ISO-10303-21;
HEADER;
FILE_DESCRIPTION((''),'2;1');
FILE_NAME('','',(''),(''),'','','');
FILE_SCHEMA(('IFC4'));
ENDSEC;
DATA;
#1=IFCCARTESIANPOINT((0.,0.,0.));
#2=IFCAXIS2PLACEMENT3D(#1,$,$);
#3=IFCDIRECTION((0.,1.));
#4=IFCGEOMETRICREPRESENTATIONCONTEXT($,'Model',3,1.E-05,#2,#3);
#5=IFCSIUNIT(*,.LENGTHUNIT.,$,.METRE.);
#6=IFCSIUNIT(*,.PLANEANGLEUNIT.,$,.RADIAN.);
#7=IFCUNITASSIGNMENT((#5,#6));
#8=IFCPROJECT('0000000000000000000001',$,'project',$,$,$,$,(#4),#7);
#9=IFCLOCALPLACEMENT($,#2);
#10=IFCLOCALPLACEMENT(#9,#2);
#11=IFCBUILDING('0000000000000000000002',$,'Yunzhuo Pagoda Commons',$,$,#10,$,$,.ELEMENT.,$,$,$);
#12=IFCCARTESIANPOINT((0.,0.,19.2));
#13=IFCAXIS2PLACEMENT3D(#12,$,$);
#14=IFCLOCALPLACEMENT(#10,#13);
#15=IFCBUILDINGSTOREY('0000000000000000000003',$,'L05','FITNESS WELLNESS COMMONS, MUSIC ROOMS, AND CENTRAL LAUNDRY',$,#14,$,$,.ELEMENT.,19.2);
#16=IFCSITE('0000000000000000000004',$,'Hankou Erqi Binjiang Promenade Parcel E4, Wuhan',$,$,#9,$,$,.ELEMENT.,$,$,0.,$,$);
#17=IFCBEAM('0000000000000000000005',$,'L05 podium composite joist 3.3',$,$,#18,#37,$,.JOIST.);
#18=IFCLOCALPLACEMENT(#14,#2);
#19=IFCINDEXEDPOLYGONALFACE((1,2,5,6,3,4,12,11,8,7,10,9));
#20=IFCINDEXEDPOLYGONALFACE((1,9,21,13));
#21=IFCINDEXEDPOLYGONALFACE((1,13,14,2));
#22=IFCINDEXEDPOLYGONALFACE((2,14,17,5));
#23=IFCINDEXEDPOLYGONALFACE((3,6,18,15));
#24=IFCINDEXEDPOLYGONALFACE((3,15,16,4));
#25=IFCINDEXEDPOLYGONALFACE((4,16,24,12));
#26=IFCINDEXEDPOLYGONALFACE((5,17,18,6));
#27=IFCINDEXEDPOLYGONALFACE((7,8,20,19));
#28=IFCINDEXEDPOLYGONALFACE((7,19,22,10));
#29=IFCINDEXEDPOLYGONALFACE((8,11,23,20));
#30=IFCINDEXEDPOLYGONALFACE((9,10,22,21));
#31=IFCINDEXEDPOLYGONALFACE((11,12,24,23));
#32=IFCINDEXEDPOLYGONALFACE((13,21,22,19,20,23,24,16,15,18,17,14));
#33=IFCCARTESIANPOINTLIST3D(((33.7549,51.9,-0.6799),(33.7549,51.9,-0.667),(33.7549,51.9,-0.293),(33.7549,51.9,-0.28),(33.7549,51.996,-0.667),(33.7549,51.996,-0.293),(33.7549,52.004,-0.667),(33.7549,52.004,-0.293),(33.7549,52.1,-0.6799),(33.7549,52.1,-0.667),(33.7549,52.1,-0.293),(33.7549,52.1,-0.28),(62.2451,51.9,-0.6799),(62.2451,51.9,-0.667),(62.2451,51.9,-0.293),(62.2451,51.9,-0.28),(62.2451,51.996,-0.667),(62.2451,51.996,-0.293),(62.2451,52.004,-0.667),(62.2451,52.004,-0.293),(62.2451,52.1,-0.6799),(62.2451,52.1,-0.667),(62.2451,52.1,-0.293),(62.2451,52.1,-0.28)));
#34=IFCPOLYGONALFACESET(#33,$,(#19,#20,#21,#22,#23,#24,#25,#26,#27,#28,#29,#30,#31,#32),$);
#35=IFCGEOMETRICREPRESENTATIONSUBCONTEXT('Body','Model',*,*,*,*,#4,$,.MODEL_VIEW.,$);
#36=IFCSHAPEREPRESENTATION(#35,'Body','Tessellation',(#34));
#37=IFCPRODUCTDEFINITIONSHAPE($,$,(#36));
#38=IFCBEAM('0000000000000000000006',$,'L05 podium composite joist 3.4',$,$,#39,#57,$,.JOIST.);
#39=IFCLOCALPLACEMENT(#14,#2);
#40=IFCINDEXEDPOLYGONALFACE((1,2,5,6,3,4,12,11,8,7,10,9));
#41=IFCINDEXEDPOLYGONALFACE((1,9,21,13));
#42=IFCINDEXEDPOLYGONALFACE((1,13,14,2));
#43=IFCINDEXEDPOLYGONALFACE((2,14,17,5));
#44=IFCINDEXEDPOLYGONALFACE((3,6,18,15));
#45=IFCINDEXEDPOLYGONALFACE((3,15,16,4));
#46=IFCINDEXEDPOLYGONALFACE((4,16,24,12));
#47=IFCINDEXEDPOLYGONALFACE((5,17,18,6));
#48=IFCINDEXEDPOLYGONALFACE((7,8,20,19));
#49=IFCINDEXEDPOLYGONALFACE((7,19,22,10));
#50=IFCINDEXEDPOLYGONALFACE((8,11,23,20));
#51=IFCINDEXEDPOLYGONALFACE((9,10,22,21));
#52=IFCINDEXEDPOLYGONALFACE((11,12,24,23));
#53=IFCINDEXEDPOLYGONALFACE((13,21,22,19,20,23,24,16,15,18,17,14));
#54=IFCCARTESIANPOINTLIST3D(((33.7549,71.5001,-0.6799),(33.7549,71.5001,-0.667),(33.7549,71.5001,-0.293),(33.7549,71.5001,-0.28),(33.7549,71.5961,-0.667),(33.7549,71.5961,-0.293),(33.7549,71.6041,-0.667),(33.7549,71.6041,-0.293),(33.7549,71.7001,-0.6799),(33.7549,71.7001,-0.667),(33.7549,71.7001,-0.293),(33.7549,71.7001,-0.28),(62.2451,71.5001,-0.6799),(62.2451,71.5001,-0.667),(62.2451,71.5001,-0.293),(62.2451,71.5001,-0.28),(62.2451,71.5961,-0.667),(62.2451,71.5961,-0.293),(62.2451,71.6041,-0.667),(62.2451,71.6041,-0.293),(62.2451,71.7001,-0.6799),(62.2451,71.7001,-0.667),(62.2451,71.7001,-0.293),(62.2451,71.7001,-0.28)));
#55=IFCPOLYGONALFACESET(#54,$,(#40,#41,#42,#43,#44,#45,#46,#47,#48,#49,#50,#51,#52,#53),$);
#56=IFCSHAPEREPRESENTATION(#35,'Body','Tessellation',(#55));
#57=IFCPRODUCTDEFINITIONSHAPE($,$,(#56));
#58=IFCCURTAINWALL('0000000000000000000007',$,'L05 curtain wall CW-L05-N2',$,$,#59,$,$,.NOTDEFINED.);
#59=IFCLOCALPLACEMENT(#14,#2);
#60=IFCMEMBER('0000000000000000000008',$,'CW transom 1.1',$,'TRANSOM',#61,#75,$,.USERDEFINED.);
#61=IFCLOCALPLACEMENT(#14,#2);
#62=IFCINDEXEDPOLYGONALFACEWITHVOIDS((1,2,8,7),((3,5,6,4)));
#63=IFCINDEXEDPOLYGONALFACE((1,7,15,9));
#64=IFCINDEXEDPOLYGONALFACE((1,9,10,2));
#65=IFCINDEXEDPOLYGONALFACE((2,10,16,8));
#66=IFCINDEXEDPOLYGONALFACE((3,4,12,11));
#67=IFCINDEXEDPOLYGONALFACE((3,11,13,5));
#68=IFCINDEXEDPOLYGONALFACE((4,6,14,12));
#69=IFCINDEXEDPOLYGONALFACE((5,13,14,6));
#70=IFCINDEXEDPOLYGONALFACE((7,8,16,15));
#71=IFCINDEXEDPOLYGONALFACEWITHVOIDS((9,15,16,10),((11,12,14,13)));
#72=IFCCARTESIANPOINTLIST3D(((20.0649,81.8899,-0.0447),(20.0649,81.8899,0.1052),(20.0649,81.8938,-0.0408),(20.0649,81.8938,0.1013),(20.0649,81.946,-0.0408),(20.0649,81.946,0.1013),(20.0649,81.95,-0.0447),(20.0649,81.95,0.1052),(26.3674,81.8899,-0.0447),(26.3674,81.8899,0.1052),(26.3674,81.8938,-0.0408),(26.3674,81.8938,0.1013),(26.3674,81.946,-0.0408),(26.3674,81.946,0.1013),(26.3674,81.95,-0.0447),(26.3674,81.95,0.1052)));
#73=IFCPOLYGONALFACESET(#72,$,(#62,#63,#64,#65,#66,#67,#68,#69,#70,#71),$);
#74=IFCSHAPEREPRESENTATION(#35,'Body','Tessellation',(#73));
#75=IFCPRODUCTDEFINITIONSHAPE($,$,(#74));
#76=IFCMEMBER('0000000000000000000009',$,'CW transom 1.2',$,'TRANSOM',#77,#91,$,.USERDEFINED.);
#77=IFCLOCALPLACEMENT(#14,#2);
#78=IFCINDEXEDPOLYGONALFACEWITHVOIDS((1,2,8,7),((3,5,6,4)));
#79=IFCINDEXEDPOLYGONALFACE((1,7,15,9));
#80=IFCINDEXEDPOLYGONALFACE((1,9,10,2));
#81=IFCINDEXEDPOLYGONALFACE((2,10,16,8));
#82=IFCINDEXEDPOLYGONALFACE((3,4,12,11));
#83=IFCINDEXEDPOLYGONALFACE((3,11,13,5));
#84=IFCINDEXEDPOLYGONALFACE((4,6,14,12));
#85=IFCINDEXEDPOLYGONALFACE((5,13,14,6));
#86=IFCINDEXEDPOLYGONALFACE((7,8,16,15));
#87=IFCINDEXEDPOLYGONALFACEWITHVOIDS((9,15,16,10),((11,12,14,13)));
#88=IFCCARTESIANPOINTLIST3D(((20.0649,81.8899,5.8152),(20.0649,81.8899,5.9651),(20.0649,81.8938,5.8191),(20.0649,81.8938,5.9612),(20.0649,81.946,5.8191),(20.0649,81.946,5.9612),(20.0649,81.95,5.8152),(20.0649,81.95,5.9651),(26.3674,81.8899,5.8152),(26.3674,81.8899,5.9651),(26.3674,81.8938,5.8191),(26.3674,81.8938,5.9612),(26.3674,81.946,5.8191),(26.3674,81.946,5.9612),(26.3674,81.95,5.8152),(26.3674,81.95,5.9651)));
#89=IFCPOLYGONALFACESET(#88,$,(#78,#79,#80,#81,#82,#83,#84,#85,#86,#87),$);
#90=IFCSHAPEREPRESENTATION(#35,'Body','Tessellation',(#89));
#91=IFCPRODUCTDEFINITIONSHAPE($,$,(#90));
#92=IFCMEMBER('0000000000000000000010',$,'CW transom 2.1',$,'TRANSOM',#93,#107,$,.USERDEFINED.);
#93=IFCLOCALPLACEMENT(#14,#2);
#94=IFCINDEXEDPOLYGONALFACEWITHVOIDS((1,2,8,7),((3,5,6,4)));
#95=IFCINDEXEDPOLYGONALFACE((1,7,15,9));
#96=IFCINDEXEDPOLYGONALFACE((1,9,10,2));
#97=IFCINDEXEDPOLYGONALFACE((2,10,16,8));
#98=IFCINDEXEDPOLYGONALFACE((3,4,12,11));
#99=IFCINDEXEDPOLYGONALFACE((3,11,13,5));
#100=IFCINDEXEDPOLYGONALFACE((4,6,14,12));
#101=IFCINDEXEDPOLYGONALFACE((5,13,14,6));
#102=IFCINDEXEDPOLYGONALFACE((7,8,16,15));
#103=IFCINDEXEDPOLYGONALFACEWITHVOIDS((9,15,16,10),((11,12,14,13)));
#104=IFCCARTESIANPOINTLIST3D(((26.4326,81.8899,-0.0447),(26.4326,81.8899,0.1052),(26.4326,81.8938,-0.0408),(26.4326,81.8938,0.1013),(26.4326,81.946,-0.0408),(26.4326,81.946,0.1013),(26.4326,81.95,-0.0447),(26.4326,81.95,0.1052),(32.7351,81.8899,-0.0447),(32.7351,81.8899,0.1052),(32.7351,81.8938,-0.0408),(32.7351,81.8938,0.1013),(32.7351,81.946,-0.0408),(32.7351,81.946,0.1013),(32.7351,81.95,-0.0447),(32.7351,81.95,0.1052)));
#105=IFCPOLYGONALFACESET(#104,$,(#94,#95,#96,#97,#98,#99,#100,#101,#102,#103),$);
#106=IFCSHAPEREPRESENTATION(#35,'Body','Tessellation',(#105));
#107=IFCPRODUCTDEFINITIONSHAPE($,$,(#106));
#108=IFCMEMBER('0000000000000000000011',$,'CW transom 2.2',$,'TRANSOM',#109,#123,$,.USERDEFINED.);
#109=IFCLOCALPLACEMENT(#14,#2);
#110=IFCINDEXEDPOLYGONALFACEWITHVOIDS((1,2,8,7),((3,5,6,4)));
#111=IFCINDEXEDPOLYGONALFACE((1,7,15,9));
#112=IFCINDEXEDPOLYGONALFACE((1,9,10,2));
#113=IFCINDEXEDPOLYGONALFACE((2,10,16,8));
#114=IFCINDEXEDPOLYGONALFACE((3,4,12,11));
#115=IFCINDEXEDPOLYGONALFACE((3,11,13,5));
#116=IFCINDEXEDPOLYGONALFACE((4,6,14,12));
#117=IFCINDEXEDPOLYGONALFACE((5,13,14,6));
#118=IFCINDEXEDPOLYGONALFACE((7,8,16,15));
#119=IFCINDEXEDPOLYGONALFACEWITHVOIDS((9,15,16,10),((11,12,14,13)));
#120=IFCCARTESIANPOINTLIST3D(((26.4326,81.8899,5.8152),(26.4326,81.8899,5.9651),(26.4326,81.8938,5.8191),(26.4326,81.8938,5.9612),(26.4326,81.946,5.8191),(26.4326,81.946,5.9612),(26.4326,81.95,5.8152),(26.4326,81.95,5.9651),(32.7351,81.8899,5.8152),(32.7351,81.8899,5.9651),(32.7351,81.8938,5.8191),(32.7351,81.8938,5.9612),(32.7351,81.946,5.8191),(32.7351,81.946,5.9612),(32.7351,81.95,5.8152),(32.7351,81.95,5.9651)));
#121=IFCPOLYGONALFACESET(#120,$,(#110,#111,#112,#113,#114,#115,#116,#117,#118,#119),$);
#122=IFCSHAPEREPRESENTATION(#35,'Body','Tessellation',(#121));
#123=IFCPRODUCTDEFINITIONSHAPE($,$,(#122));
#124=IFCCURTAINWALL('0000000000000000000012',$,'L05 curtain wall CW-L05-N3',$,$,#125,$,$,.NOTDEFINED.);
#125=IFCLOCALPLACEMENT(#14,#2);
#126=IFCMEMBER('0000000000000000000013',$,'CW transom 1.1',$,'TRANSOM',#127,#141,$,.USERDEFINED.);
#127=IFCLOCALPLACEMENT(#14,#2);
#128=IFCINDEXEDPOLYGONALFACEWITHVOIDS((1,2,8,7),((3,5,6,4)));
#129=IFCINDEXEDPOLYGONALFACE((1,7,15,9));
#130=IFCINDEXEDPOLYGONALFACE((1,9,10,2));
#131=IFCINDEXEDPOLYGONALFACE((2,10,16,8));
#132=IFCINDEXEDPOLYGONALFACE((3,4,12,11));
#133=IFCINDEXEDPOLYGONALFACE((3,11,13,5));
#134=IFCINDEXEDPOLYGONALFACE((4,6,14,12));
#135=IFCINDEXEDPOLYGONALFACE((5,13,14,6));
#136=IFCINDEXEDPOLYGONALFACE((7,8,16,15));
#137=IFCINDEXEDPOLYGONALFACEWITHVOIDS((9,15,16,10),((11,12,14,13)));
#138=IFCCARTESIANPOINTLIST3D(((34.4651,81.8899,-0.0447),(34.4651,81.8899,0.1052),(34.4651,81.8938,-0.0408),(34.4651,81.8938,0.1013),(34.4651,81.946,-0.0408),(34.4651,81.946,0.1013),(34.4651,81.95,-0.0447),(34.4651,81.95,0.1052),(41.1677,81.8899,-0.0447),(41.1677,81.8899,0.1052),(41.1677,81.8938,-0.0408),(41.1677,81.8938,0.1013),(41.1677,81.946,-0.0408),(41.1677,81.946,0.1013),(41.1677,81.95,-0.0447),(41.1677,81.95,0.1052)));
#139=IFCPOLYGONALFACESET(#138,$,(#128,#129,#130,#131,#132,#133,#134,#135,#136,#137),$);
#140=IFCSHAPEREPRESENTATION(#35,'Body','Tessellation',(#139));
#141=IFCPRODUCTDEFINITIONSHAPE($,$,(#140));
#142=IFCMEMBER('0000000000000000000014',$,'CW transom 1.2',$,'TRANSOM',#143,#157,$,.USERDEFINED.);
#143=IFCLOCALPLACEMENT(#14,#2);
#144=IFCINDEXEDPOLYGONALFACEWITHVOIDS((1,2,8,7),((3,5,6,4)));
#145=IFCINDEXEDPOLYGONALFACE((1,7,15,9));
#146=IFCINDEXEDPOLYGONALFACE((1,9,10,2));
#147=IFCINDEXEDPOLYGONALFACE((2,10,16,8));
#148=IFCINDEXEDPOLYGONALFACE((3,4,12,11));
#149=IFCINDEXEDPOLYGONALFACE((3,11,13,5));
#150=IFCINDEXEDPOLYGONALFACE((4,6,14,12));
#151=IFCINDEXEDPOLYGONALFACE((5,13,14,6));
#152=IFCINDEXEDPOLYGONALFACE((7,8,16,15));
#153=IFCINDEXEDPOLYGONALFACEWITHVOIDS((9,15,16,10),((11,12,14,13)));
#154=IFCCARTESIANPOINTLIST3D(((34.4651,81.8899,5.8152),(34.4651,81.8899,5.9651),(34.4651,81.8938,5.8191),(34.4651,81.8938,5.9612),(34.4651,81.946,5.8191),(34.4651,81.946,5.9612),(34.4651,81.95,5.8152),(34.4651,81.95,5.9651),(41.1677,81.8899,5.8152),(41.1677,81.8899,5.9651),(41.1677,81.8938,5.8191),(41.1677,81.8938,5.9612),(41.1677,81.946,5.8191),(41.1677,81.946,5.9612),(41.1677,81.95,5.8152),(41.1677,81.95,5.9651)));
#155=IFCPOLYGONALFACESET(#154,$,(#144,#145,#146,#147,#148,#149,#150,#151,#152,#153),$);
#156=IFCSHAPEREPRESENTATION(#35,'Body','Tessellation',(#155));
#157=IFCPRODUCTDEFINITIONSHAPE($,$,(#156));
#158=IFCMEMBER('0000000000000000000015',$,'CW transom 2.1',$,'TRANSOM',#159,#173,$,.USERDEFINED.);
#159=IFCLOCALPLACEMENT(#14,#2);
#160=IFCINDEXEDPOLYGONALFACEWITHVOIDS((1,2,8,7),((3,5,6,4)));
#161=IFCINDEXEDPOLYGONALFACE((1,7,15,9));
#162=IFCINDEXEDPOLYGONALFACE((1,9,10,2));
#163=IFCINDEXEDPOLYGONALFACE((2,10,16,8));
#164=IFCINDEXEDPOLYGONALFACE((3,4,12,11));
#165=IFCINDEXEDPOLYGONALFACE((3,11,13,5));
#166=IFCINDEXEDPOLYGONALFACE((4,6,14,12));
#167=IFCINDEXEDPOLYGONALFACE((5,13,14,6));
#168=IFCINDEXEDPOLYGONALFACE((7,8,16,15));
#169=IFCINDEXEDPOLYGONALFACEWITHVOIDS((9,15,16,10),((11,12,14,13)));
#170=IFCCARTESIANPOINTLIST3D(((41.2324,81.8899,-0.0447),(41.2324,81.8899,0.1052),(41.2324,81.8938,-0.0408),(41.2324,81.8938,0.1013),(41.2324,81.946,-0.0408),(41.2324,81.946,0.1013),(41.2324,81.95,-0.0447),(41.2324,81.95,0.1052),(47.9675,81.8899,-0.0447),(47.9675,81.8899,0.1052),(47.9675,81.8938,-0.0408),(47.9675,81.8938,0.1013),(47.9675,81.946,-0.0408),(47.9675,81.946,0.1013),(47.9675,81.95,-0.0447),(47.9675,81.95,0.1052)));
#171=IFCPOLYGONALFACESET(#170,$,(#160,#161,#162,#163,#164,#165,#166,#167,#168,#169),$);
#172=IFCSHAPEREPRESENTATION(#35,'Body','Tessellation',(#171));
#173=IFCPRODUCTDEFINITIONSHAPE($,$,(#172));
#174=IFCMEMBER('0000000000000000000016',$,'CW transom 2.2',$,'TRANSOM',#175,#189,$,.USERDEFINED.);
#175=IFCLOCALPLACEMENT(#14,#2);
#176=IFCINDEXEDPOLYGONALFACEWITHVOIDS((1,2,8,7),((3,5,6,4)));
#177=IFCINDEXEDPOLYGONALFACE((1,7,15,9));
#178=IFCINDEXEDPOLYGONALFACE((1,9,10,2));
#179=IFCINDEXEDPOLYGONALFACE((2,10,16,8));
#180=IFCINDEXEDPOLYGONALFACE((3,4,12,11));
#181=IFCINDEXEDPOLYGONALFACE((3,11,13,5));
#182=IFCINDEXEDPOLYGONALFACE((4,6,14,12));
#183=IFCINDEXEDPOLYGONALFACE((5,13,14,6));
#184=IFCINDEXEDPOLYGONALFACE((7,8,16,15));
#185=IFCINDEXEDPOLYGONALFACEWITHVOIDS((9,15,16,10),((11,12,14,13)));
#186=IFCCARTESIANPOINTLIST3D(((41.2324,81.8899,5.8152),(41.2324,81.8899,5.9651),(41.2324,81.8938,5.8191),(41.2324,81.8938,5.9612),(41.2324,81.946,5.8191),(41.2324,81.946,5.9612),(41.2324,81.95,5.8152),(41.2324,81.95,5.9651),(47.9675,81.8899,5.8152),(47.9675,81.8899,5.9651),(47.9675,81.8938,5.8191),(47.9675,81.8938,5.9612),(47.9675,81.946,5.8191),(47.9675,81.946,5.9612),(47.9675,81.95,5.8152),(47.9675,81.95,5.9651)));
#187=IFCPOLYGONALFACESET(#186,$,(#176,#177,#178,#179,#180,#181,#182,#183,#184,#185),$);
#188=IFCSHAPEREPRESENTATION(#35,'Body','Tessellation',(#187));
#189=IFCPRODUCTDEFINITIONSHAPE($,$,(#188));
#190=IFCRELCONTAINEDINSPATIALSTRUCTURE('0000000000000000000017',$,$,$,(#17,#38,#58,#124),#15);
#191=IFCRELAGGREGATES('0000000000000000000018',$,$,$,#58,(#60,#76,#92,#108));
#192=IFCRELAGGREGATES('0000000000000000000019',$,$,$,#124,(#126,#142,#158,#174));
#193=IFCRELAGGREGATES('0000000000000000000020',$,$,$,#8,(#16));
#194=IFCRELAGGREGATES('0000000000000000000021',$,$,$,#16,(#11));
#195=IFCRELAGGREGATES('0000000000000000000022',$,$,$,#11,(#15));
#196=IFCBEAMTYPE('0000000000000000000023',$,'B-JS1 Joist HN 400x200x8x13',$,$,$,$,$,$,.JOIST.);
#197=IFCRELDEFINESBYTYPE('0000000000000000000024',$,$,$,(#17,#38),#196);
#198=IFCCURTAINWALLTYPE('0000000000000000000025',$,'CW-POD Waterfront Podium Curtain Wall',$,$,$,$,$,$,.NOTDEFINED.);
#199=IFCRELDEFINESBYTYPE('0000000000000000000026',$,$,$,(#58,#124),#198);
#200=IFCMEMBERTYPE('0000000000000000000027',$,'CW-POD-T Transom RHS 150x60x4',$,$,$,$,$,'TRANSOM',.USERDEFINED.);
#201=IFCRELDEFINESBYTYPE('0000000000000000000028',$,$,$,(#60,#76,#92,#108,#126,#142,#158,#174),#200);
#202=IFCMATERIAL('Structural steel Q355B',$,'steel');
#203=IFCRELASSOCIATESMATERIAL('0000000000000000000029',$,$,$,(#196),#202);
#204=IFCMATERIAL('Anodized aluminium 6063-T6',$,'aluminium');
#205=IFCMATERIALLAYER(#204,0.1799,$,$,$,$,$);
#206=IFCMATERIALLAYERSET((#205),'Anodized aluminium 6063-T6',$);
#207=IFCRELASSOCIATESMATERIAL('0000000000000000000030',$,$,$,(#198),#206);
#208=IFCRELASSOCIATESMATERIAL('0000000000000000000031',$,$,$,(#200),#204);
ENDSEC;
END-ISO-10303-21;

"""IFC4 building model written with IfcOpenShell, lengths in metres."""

from ifc_helpers import new_model, si_unit, direction, frame, origin, origin_2d, place, context, subcontext, project, spatial, hollow_rectangle, i_section, extrude, source, transform, mapped, material, layer, layer_set, material_profile, profile_set, type_object, element, aggregate, save


model = new_model("IFC4")

# Units and contexts
model_context = context("Model", 3, precision=1e-05, world=origin(), true_north=direction((0.0, 1.0)))
body_context = subcontext(model_context, "Body", "Model", "MODEL_VIEW")
ifc_project = project(units=[si_unit("LENGTHUNIT", "METRE"), si_unit("PLANEANGLEUNIT", "RADIAN")], contexts=[model_context])

# Site, building, storey
site_placement = place(None, origin())
site = spatial("IfcSite", under=ifc_project, at=site_placement, Name="Hankou Erqi Binjiang Promenade Parcel E4, Wuhan", CompositionType="ELEMENT", RefElevation=0.0)
building_placement = place(site_placement, origin())
building = spatial("IfcBuilding", under=site, at=building_placement, Name="Yunzhuo Pagoda Commons", CompositionType="ELEMENT")
storey_placement = place(building_placement, frame((0.0, 0.0, 19.2)))
storey = spatial("IfcBuildingStorey", under=building, at=storey_placement, Name="L05", Description="FITNESS WELLNESS COMMONS, MUSIC ROOMS, AND CENTRAL LAUNDRY", CompositionType="ELEMENT", Elevation=19.2)

# Beams
ifc_material_1 = material(Name="Structural steel Q355B", Category="steel")
ifc_material_profile_1 = material_profile(ifc_material_1, i_section(OverallWidth=0.2, OverallDepth=0.3999, WebThickness=0.0081, FlangeThickness=0.0129, at=origin_2d()), Name="Structural steel Q355B")
ifc_profile_set_1 = profile_set([ifc_material_profile_1], Name="Structural steel Q355B")
beam_type_1 = type_object("IfcBeamType", Name="B-JS1 Joist HN 400x200x8x13", PredefinedType="JOIST", material=ifc_profile_set_1)
shared_shape_1 = source(origin(), body_context, "Body", "SweptSolid", [
    extrude(i_section(OverallWidth=0.2, OverallDepth=0.3999, WebThickness=0.0081, FlangeThickness=0.0129, at=origin_2d()), origin(), (0.0, 0.0, 1.0), 28.4902),
])
for number, where, z_axis, x_axis, name in (
    (1, (33.7549, 52.0, -0.48), (1.0, 0.0, 0.0), (0.0, 1.0, 0.0), "L05 podium composite joist 3.3"),
    (2, (33.7549, 71.6001, -0.48), (1.0, 0.0, 0.0), (0.0, 1.0, 0.0), "L05 podium composite joist 3.4"),
):
    element("IfcBeam", number, at=place(storey_placement, frame(where, z_axis=z_axis, x_axis=x_axis)), inside=storey, type_object=beam_type_1, Name=name, PredefinedType="JOIST", context=body_context, shape_type="MappedRepresentation", body=[
        mapped(shared_shape_1, transform((0.0, 0.0, 0.0), scale=1.0)),
    ])

# Curtain walls, members
ifc_material_2 = material(Name="Anodized aluminium 6063-T6", Category="aluminium")
ifc_layer_1 = layer(ifc_material_2, 0.1799)
ifc_layer_set_1 = layer_set([ifc_layer_1], Name="Anodized aluminium 6063-T6")
curtain_wall_type = type_object("IfcCurtainWallType", Name="CW-POD Waterfront Podium Curtain Wall", PredefinedType="NOTDEFINED", material=ifc_layer_set_1)
curtain_wall_1_placement = place(storey_placement, origin())
curtain_wall_1 = element("IfcCurtainWall", 3, at=curtain_wall_1_placement, inside=storey, type_object=curtain_wall_type, Name="L05 curtain wall CW-L05-N2", PredefinedType="NOTDEFINED")
ifc_material_profile_2 = material_profile(ifc_material_2, hollow_rectangle(XDim=0.0601, YDim=0.1499, WallThickness=0.0039, at=origin_2d()), Name="Anodized aluminium 6063-T6")
ifc_profile_set_2 = profile_set([ifc_material_profile_2], Name="Anodized aluminium 6063-T6")
member_type_1 = type_object("IfcMemberType", Name="CW-POD-T Transom RHS 150x60x4", ElementType="TRANSOM", PredefinedType="USERDEFINED", material=ifc_profile_set_2)
shared_shape_2 = source(origin(), body_context, "Body", "SweptSolid", [
    extrude(hollow_rectangle(XDim=0.0601, YDim=0.1499, WallThickness=0.0039, at=origin_2d()), origin(), (0.0, 0.0, 1.0), 6.3025),
])
member_1_placement = place(storey_placement, frame((20.0649, 81.9199, 0.0303), z_axis=(1.0, 0.0, 0.0), x_axis=(0.0, 1.0, 0.0)))
member_1 = element("IfcMember", 4, at=member_1_placement, type_object=member_type_1, Name="CW transom 1.1", ObjectType="TRANSOM", PredefinedType="USERDEFINED", context=body_context, shape_type="MappedRepresentation", body=[
    mapped(shared_shape_2, transform((0.0, 0.0, 0.0), scale=1.0)),
])
member_2_placement = place(storey_placement, frame((20.0649, 81.9199, 5.8901), z_axis=(1.0, 0.0, 0.0), x_axis=(0.0, 1.0, 0.0)))
member_2 = element("IfcMember", 5, at=member_2_placement, type_object=member_type_1, Name="CW transom 1.2", ObjectType="TRANSOM", PredefinedType="USERDEFINED", context=body_context, shape_type="MappedRepresentation", body=[
    mapped(shared_shape_2, transform((0.0, 0.0, 0.0), scale=1.0)),
])
member_3_placement = place(storey_placement, frame((26.4326, 81.9199, 0.0303), z_axis=(1.0, 0.0, 0.0), x_axis=(0.0, 1.0, 0.0)))
member_3 = element("IfcMember", 6, at=member_3_placement, type_object=member_type_1, Name="CW transom 2.1", ObjectType="TRANSOM", PredefinedType="USERDEFINED", context=body_context, shape_type="MappedRepresentation", body=[
    mapped(shared_shape_2, transform((0.0, 0.0, 0.0), scale=1.0)),
])
member_4_placement = place(storey_placement, frame((26.4326, 81.9199, 5.8901), z_axis=(1.0, 0.0, 0.0), x_axis=(0.0, 1.0, 0.0)))
member_4 = element("IfcMember", 7, at=member_4_placement, type_object=member_type_1, Name="CW transom 2.2", ObjectType="TRANSOM", PredefinedType="USERDEFINED", context=body_context, shape_type="MappedRepresentation", body=[
    mapped(shared_shape_2, transform((0.0, 0.0, 0.0), scale=1.0)),
])
curtain_wall_2_placement = place(storey_placement, origin())
curtain_wall_2 = element("IfcCurtainWall", 8, at=curtain_wall_2_placement, inside=storey, type_object=curtain_wall_type, Name="L05 curtain wall CW-L05-N3", PredefinedType="NOTDEFINED")
shared_shape_3 = source(origin(), body_context, "Body", "SweptSolid", [
    extrude(hollow_rectangle(XDim=0.0601, YDim=0.1499, WallThickness=0.0039, at=origin_2d()), origin(), (0.0, 0.0, 1.0), 6.7026),
])
member_5_placement = place(storey_placement, frame((34.4651, 81.9199, 0.0303), z_axis=(1.0, 0.0, 0.0), x_axis=(0.0, 1.0, 0.0)))
member_5 = element("IfcMember", 9, at=member_5_placement, type_object=member_type_1, Name="CW transom 1.1", ObjectType="TRANSOM", PredefinedType="USERDEFINED", context=body_context, shape_type="MappedRepresentation", body=[
    mapped(shared_shape_3, transform((0.0, 0.0, 0.0), scale=1.0)),
])
member_6_placement = place(storey_placement, frame((34.4651, 81.9199, 5.8901), z_axis=(1.0, 0.0, 0.0), x_axis=(0.0, 1.0, 0.0)))
member_6 = element("IfcMember", 10, at=member_6_placement, type_object=member_type_1, Name="CW transom 1.2", ObjectType="TRANSOM", PredefinedType="USERDEFINED", context=body_context, shape_type="MappedRepresentation", body=[
    mapped(shared_shape_3, transform((0.0, 0.0, 0.0), scale=1.0)),
])
shared_shape_4 = source(origin(), body_context, "Body", "SweptSolid", [
    extrude(hollow_rectangle(XDim=0.0601, YDim=0.1499, WallThickness=0.0039, at=origin_2d()), origin(), (0.0, 0.0, 1.0), 6.7351),
])
member_7_placement = place(storey_placement, frame((41.2324, 81.9199, 0.0303), z_axis=(1.0, 0.0, 0.0), x_axis=(0.0, 1.0, 0.0)))
member_7 = element("IfcMember", 11, at=member_7_placement, type_object=member_type_1, Name="CW transom 2.1", ObjectType="TRANSOM", PredefinedType="USERDEFINED", context=body_context, shape_type="MappedRepresentation", body=[
    mapped(shared_shape_4, transform((0.0, 0.0, 0.0), scale=1.0)),
])
member_8_placement = place(storey_placement, frame((41.2324, 81.9199, 5.8901), z_axis=(1.0, 0.0, 0.0), x_axis=(0.0, 1.0, 0.0)))
member_8 = element("IfcMember", 12, at=member_8_placement, type_object=member_type_1, Name="CW transom 2.2", ObjectType="TRANSOM", PredefinedType="USERDEFINED", context=body_context, shape_type="MappedRepresentation", body=[
    mapped(shared_shape_4, transform((0.0, 0.0, 0.0), scale=1.0)),
])

aggregate(curtain_wall_1, [member_1, member_2, member_3, member_4])
aggregate(curtain_wall_2, [member_5, member_6, member_7, member_8])

save(model, "model.ifc")
